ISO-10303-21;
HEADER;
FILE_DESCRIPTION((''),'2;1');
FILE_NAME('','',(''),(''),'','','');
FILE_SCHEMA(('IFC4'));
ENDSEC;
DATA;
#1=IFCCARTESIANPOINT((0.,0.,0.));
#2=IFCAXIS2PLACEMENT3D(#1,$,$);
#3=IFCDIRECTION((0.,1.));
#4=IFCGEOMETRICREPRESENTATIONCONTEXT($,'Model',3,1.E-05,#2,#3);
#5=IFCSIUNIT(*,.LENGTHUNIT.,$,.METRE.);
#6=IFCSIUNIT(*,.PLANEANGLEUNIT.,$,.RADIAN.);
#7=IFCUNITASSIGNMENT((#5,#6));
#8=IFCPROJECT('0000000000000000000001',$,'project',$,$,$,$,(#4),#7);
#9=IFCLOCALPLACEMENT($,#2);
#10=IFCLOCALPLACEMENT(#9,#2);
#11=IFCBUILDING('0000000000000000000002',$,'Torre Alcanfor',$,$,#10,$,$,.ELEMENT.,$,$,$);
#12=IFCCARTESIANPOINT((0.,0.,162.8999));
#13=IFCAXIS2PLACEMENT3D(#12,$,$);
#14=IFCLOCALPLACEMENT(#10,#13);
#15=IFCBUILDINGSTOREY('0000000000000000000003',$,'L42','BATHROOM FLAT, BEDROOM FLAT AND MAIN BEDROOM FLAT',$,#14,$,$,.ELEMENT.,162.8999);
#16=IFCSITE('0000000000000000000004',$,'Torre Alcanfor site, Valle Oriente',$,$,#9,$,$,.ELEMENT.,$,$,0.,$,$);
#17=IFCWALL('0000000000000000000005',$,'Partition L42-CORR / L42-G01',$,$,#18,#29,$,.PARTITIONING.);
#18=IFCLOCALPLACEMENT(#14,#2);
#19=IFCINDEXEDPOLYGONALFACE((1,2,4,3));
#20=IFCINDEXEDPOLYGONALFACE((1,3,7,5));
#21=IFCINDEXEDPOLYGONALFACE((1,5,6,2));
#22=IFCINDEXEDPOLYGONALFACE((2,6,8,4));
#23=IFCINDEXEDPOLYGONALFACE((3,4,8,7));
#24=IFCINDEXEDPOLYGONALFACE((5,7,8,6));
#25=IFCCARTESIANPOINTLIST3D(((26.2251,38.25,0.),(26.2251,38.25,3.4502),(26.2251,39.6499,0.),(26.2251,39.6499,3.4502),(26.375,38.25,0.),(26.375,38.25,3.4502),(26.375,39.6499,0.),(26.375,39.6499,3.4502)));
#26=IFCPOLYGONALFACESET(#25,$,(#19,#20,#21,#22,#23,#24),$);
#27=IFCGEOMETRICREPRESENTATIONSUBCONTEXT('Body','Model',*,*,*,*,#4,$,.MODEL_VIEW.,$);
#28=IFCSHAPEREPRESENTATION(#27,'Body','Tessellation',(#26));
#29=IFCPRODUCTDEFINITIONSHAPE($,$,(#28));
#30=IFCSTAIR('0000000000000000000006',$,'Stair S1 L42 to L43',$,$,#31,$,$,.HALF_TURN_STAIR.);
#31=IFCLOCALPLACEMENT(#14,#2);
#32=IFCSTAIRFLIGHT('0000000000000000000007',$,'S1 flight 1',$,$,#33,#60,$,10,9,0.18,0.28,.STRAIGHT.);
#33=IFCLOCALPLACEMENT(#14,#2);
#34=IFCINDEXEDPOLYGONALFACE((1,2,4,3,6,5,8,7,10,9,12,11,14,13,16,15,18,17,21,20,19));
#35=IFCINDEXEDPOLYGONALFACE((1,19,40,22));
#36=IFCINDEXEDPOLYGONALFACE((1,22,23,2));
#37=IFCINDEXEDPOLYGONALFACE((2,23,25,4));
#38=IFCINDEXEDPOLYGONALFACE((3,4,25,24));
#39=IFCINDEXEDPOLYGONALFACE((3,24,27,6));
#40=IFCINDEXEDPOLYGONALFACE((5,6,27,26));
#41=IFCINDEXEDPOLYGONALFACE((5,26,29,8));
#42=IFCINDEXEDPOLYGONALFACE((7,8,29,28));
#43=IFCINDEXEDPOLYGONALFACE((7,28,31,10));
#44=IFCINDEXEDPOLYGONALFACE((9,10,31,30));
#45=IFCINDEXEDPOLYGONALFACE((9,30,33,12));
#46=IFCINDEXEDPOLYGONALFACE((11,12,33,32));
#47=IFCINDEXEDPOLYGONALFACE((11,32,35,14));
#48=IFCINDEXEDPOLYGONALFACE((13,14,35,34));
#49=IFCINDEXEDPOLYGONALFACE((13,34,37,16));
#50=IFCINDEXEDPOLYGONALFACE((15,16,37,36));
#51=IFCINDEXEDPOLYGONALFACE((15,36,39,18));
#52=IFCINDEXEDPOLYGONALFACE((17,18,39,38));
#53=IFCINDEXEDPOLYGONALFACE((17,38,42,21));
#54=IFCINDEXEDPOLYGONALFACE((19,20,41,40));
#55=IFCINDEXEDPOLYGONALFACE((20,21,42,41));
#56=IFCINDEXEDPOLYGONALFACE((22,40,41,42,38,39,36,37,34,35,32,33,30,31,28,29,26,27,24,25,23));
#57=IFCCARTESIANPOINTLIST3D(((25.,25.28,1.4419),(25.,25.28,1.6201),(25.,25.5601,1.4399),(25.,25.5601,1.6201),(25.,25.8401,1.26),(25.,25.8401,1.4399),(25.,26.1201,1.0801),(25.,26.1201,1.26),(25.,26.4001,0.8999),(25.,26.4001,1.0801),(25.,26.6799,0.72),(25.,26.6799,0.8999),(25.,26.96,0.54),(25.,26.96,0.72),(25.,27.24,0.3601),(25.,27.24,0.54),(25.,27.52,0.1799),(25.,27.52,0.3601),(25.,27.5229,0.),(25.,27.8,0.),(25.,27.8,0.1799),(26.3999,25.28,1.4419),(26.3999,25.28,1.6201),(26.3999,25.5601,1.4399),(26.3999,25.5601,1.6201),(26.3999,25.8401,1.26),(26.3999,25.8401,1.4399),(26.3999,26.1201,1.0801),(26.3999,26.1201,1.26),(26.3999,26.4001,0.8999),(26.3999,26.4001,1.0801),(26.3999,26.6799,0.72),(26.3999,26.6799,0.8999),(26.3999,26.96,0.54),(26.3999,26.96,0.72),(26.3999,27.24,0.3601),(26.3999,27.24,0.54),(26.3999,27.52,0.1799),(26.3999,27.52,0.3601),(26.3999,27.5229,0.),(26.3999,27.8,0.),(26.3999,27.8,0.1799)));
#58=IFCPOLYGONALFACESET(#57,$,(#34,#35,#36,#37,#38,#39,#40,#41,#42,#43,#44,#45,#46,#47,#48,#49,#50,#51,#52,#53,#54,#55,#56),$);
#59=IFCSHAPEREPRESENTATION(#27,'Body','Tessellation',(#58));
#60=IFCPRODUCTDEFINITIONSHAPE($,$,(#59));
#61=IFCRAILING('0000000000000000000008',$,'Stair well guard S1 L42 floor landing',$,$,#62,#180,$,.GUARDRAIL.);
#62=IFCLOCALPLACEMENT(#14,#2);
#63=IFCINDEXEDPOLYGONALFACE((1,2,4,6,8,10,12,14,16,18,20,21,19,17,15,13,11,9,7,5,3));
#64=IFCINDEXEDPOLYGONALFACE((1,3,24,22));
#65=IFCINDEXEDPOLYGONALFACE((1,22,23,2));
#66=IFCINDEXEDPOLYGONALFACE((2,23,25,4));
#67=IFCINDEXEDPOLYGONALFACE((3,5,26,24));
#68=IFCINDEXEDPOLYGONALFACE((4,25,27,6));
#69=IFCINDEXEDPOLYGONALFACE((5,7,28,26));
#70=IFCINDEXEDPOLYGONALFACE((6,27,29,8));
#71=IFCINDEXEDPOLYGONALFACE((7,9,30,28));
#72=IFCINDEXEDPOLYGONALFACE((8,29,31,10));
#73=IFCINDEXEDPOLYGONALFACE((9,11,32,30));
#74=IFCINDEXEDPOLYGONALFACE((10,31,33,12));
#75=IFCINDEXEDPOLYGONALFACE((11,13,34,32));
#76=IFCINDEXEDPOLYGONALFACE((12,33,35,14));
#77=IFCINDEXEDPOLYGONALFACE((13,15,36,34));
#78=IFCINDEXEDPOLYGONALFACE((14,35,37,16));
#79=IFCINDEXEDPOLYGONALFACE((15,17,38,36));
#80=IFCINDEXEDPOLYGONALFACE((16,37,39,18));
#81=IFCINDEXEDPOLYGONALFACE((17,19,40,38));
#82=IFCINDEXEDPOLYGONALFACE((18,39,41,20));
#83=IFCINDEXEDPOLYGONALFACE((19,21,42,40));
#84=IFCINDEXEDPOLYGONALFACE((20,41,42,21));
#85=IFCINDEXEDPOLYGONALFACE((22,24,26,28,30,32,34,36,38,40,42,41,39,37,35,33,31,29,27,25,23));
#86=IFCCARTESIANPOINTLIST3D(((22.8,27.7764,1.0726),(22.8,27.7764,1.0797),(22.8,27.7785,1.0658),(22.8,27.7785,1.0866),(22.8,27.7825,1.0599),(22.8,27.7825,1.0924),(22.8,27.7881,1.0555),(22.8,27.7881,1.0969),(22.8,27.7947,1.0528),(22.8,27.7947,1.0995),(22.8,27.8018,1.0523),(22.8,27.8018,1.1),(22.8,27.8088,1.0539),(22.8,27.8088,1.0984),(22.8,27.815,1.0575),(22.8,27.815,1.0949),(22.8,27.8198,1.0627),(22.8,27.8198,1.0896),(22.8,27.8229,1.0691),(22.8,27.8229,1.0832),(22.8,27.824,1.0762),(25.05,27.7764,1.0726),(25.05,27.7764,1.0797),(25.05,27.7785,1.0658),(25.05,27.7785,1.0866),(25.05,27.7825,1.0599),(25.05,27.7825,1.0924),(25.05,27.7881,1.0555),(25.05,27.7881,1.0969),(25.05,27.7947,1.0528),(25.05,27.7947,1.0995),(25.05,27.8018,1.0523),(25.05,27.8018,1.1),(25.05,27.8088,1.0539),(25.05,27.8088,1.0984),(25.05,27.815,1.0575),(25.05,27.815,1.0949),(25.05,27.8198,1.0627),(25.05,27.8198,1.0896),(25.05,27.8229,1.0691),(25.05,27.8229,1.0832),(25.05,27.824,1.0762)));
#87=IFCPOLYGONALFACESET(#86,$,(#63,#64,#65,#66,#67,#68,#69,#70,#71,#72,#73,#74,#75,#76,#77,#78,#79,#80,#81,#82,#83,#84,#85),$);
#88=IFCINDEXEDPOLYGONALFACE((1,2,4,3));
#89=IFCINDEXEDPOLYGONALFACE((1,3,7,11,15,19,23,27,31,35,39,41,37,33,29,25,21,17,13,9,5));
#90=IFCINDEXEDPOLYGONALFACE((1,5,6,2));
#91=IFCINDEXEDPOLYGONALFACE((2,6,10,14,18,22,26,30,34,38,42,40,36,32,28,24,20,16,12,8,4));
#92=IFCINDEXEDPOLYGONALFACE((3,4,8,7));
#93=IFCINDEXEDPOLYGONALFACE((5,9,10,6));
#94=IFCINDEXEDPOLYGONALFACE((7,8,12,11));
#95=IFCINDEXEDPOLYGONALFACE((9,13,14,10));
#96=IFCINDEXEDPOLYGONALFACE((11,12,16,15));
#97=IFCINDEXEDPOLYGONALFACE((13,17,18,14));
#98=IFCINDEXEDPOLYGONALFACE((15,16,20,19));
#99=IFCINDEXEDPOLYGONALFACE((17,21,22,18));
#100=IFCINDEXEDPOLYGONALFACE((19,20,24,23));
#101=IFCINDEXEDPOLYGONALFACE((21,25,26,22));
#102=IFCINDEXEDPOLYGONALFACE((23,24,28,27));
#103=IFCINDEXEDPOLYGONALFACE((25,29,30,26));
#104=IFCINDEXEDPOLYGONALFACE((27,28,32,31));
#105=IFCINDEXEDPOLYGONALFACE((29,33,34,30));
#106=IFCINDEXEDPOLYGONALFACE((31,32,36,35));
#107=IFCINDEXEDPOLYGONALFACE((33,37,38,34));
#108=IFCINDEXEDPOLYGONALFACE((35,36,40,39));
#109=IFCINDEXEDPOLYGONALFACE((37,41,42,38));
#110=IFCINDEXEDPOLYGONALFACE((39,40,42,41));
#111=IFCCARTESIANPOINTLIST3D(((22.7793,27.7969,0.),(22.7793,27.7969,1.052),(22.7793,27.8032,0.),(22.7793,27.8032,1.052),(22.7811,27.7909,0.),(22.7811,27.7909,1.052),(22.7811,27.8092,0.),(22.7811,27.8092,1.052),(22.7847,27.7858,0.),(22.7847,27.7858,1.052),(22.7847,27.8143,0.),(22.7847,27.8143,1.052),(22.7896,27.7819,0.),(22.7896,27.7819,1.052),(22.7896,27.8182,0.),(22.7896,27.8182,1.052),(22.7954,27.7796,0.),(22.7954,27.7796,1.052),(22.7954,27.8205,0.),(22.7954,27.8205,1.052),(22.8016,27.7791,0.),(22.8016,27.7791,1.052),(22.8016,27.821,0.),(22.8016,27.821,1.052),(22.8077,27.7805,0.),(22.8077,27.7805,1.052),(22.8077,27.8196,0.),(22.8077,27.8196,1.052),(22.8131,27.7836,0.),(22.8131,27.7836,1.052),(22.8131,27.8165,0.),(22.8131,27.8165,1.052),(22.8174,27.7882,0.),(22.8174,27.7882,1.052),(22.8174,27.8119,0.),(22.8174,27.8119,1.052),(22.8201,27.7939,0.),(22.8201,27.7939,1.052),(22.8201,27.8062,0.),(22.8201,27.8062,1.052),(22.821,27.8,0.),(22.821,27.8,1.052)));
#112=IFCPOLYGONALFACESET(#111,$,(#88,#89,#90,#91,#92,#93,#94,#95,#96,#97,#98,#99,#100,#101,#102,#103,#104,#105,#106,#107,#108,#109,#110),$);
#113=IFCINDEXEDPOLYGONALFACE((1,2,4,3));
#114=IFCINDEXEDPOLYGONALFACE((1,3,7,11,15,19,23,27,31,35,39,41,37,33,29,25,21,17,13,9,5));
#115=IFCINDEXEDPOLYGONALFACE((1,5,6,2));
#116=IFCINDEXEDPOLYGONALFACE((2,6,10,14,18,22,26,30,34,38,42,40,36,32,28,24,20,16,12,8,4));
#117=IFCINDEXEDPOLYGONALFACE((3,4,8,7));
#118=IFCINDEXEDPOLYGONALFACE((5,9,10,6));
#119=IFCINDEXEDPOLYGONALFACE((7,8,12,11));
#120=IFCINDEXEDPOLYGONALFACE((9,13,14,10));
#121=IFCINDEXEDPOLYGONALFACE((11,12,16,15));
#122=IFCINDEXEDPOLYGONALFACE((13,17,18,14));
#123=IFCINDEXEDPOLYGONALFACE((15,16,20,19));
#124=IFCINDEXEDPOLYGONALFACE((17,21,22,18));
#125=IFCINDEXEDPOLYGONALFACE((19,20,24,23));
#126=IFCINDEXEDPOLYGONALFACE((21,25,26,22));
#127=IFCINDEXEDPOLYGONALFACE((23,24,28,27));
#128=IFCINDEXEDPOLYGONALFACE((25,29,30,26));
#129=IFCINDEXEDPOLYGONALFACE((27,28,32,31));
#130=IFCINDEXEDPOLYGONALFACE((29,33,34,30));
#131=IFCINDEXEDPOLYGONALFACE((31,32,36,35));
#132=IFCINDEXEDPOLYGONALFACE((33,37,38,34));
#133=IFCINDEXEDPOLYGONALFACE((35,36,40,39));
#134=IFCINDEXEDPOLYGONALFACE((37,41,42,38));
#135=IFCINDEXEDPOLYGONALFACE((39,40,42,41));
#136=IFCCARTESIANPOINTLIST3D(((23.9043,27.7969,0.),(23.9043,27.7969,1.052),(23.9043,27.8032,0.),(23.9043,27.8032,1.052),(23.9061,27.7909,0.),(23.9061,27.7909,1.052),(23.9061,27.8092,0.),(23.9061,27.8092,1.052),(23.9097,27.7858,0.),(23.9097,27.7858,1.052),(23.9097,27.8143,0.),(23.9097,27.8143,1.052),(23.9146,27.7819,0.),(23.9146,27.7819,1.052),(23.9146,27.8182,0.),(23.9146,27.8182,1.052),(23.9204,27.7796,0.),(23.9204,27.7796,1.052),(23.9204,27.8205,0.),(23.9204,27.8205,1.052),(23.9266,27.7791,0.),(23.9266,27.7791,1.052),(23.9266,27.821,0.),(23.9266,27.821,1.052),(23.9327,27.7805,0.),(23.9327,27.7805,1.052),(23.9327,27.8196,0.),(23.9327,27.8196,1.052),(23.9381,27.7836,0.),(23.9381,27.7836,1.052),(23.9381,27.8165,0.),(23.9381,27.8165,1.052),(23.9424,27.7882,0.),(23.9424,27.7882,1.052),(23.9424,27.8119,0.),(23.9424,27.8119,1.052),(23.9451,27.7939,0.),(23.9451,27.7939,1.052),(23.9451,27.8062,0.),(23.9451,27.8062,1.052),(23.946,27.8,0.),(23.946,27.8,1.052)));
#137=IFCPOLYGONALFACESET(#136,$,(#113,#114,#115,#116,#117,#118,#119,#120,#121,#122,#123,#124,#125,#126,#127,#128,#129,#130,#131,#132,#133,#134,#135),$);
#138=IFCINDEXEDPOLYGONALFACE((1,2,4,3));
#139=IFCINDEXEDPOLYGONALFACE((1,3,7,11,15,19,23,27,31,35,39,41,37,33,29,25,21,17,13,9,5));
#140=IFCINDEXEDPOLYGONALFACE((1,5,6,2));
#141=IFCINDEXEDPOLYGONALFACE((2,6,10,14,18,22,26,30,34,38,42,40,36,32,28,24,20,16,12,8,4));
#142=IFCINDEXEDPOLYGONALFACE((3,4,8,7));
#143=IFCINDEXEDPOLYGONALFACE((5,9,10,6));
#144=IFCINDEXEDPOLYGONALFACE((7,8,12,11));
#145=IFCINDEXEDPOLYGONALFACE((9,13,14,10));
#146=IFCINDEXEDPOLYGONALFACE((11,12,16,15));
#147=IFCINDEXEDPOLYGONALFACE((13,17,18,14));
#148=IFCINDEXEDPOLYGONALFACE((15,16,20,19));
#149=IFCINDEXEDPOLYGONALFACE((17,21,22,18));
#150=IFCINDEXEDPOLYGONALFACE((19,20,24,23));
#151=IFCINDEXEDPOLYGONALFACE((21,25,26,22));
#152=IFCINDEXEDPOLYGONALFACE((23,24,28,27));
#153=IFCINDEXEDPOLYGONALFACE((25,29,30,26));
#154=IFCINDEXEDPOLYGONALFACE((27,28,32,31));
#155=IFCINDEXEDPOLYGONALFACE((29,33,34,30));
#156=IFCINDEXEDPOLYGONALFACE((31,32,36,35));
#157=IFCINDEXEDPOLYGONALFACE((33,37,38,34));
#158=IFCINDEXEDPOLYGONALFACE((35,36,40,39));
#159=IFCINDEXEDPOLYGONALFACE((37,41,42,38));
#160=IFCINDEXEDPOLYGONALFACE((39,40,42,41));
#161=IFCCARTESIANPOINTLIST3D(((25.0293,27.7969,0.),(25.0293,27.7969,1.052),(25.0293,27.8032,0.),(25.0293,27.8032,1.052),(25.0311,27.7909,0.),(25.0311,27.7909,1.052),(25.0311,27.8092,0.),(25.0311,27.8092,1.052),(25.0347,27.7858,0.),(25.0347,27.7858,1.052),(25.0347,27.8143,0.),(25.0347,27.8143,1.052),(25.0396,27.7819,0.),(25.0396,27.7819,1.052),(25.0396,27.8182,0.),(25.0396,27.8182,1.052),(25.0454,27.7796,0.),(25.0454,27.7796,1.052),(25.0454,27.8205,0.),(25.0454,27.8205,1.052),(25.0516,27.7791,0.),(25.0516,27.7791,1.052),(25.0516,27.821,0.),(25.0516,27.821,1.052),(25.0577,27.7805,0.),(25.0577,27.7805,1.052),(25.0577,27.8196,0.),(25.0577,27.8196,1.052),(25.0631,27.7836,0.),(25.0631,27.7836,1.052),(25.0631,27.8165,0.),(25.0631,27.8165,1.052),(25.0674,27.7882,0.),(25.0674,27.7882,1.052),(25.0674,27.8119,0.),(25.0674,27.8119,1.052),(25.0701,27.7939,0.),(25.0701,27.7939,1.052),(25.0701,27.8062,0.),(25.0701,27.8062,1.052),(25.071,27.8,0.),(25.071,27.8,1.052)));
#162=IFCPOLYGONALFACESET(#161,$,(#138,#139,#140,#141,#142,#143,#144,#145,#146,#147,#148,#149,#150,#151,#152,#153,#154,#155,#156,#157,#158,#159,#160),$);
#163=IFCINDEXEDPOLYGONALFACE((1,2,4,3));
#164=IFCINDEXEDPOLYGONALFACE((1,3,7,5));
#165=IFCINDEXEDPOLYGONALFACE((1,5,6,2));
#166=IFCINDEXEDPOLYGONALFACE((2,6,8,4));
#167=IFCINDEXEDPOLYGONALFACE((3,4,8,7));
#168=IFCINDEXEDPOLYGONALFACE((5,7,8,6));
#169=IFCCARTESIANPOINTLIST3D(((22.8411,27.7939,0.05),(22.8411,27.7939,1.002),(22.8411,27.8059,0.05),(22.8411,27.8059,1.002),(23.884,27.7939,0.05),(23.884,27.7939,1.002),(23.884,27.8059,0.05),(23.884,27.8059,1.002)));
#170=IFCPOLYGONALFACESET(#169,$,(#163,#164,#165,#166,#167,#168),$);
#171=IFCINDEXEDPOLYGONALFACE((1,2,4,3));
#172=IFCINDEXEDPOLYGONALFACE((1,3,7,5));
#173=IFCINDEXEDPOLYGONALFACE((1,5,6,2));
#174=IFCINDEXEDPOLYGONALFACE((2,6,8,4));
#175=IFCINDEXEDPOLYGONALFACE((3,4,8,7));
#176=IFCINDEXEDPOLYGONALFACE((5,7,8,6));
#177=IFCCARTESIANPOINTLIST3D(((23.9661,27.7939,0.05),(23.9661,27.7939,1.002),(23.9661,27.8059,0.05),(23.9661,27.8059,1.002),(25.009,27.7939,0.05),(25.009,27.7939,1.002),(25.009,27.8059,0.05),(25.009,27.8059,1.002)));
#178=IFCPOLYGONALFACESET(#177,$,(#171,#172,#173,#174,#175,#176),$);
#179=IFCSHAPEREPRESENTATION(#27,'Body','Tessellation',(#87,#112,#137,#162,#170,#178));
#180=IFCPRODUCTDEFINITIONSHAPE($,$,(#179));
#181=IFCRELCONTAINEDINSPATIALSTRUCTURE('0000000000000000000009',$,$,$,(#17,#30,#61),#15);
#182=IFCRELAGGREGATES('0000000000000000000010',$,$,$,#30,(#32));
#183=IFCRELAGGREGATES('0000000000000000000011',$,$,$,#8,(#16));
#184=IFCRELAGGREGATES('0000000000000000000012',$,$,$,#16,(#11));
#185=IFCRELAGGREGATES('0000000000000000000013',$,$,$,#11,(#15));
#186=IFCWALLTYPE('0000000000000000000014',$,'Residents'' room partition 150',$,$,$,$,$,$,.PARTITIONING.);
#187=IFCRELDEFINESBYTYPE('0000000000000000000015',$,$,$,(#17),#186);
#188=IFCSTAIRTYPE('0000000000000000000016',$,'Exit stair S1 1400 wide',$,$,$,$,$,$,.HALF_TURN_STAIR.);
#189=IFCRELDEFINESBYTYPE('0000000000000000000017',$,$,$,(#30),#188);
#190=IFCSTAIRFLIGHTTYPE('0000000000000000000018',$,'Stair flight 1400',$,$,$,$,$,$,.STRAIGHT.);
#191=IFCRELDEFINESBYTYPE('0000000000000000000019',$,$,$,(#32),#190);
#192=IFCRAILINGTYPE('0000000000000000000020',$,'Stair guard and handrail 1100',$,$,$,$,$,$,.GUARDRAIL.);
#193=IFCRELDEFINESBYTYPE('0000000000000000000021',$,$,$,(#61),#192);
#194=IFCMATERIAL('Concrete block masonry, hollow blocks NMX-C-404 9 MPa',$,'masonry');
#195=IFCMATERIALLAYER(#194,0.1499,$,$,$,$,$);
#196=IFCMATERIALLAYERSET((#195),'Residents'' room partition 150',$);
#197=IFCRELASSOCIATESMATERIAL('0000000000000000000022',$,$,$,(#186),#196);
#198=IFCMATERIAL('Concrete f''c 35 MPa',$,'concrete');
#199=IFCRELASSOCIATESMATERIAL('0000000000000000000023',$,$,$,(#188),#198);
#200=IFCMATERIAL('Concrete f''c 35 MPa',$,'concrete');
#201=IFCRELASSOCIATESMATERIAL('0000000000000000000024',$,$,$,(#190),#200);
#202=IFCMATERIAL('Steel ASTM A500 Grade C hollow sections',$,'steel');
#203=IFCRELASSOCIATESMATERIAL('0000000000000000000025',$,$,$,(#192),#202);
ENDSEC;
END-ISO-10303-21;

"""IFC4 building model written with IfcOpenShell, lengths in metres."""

from ifc_helpers import new_model, si_unit, direction, frame, frame_2d, origin, origin_2d, place, context, subcontext, project, spatial, polyline, rectangle, circle, outline, extrude, material, layer, layer_set, type_object, element, aggregate, save


model = new_model("IFC4")

# Units and contexts
model_context = context("Model", 3, precision=1e-05, world=origin(), true_north=direction((0.0, 1.0)))
body_context = subcontext(model_context, "Body", "Model", "MODEL_VIEW")
ifc_project = project(units=[si_unit("LENGTHUNIT", "METRE"), si_unit("PLANEANGLEUNIT", "RADIAN")], contexts=[model_context])

# Site, building, storey
site_placement = place(None, origin())
site = spatial("IfcSite", under=ifc_project, at=site_placement, Name="Torre Alcanfor site, Valle Oriente", CompositionType="ELEMENT", RefElevation=0.0)
building_placement = place(site_placement, origin())
building = spatial("IfcBuilding", under=site, at=building_placement, Name="Torre Alcanfor", CompositionType="ELEMENT")
storey_placement = place(building_placement, frame((0.0, 0.0, 162.8999)))
storey = spatial("IfcBuildingStorey", under=building, at=storey_placement, Name="L42", Description="BATHROOM FLAT, BEDROOM FLAT AND MAIN BEDROOM FLAT", CompositionType="ELEMENT", Elevation=162.8999)

# Wall
ifc_material_1 = material(Name="Concrete block masonry, hollow blocks NMX-C-404 9 MPa", Category="masonry")
ifc_layer_1 = layer(ifc_material_1, 0.1499)
ifc_layer_set_1 = layer_set([ifc_layer_1], Name="Residents' room partition 150")
wall_type_1 = type_object("IfcWallType", Name="Residents' room partition 150", PredefinedType="PARTITIONING", material=ifc_layer_set_1)
wall_1_placement = place(storey_placement, frame((26.3, 39.6499, 0.0), z_axis=(0.0, 0.0, 1.0), x_axis=(0.0, -1.0, 0.0)))
element("IfcWall", 1, at=wall_1_placement, inside=storey, type_object=wall_type_1, Name="Partition L42-CORR / L42-G01", PredefinedType="PARTITIONING", context=body_context, shape_type="SweptSolid", body=[
    extrude(rectangle(XDim=1.3999, YDim=0.1499, at=frame_2d((0.7, 0.0))), origin(), (0.0, 0.0, 1.0), 3.4502),
])

# Stair, stair flight
ifc_material_2 = material(Name="Concrete f'c 35 MPa", Category="concrete")
stair_type = type_object("IfcStairType", Name="Exit stair S1 1400 wide", PredefinedType="HALF_TURN_STAIR", material=ifc_material_2)
stair_placement = place(storey_placement, origin())
stair = element("IfcStair", 2, at=stair_placement, inside=storey, type_object=stair_type, Name="Stair S1 L42 to L43", PredefinedType="HALF_TURN_STAIR")
ifc_material_3 = material(Name="Concrete f'c 35 MPa", Category="concrete")
stair_flight_type = type_object("IfcStairFlightType", Name="Stair flight 1400", PredefinedType="STRAIGHT", material=ifc_material_3)
stair_flight_placement = place(storey_placement, frame((25.7, 27.8, 0.0), z_axis=(0.0, 0.0, 1.0), x_axis=(0.0, -1.0, 0.0)))
stair_flight = element("IfcStairFlight", 3, at=stair_flight_placement, type_object=stair_flight_type, Name="S1 flight 1", NumberOfRisers=10, NumberOfTreads=9, PredefinedType="STRAIGHT", RiserHeight=0.18, TreadLength=0.28, context=body_context, shape_type="SweptSolid", body=[
    extrude(outline(polyline([(0.0, 0.0), (0.0, 0.1799), (0.28, 0.1799), (0.28, 0.3601), (0.5601, 0.3601), (0.5601, 0.54), (0.8401, 0.54), (0.8401, 0.72), (1.1201, 0.72), (1.1201, 0.8999), (1.3999, 0.8999), (1.3999, 1.0801), (1.6799, 1.0801), (1.6799, 1.26), (1.96, 1.26), (1.96, 1.4399), (2.24, 1.4399), (2.24, 1.6201), (2.52, 1.6201), (2.52, 1.8), (2.52, 1.4419), (0.2771, 0.0), (0.0, 0.0)])), frame((0.0, 0.7, 0.0), z_axis=(0.0, -1.0, 0.0), x_axis=(1.0, 0.0, 0.0)), (0.0, 0.0, 1.0), 1.3999),
])
aggregate(stair, [stair_flight])

# Railing
ifc_material_4 = material(Name="Steel ASTM A500 Grade C hollow sections", Category="steel")
railing_type_1 = type_object("IfcRailingType", Name="Stair guard and handrail 1100", PredefinedType="GUARDRAIL", material=ifc_material_4)
railing_1_placement = place(storey_placement, frame((22.8, 27.8, 0.0)))
element("IfcRailing", 4, at=railing_1_placement, inside=storey, type_object=railing_type_1, Name="Stair well guard S1 L42 floor landing", PredefinedType="GUARDRAIL", context=body_context, shape_type="SweptSolid", body=[
    extrude(circle(Radius=0.0239, at=origin_2d()), frame((0.0, 0.0, 1.0762), z_axis=(1.0, 0.0, 0.0), x_axis=(0.0, 1.0, 0.0)), (0.0, 0.0, 1.0), 2.25),
    extrude(circle(Radius=0.021, at=origin_2d()), origin(), (0.0, 0.0, 1.0), 1.052),
    extrude(circle(Radius=0.021, at=origin_2d()), frame((1.125, 0.0, 0.0)), (0.0, 0.0, 1.0), 1.052),
    extrude(circle(Radius=0.021, at=origin_2d()), frame((2.25, 0.0, 0.0)), (0.0, 0.0, 1.0), 1.052),
    extrude(outline(polyline([(0.041, 0.05), (1.084, 0.05), (1.084, 1.002), (0.041, 1.002), (0.041, 0.05)])), frame((0.0, 0.0059, 0.0), z_axis=(0.0, -1.0, 0.0), x_axis=(1.0, 0.0, 0.0)), (0.0, 0.0, 1.0), 0.012),
    extrude(outline(polyline([(1.166, 0.05), (2.209, 0.05), (2.209, 1.002), (1.166, 1.002), (1.166, 0.05)])), frame((0.0, 0.0059, 0.0), z_axis=(0.0, -1.0, 0.0), x_axis=(1.0, 0.0, 0.0)), (0.0, 0.0, 1.0), 0.012),
])

save(model, "model.ifc")
